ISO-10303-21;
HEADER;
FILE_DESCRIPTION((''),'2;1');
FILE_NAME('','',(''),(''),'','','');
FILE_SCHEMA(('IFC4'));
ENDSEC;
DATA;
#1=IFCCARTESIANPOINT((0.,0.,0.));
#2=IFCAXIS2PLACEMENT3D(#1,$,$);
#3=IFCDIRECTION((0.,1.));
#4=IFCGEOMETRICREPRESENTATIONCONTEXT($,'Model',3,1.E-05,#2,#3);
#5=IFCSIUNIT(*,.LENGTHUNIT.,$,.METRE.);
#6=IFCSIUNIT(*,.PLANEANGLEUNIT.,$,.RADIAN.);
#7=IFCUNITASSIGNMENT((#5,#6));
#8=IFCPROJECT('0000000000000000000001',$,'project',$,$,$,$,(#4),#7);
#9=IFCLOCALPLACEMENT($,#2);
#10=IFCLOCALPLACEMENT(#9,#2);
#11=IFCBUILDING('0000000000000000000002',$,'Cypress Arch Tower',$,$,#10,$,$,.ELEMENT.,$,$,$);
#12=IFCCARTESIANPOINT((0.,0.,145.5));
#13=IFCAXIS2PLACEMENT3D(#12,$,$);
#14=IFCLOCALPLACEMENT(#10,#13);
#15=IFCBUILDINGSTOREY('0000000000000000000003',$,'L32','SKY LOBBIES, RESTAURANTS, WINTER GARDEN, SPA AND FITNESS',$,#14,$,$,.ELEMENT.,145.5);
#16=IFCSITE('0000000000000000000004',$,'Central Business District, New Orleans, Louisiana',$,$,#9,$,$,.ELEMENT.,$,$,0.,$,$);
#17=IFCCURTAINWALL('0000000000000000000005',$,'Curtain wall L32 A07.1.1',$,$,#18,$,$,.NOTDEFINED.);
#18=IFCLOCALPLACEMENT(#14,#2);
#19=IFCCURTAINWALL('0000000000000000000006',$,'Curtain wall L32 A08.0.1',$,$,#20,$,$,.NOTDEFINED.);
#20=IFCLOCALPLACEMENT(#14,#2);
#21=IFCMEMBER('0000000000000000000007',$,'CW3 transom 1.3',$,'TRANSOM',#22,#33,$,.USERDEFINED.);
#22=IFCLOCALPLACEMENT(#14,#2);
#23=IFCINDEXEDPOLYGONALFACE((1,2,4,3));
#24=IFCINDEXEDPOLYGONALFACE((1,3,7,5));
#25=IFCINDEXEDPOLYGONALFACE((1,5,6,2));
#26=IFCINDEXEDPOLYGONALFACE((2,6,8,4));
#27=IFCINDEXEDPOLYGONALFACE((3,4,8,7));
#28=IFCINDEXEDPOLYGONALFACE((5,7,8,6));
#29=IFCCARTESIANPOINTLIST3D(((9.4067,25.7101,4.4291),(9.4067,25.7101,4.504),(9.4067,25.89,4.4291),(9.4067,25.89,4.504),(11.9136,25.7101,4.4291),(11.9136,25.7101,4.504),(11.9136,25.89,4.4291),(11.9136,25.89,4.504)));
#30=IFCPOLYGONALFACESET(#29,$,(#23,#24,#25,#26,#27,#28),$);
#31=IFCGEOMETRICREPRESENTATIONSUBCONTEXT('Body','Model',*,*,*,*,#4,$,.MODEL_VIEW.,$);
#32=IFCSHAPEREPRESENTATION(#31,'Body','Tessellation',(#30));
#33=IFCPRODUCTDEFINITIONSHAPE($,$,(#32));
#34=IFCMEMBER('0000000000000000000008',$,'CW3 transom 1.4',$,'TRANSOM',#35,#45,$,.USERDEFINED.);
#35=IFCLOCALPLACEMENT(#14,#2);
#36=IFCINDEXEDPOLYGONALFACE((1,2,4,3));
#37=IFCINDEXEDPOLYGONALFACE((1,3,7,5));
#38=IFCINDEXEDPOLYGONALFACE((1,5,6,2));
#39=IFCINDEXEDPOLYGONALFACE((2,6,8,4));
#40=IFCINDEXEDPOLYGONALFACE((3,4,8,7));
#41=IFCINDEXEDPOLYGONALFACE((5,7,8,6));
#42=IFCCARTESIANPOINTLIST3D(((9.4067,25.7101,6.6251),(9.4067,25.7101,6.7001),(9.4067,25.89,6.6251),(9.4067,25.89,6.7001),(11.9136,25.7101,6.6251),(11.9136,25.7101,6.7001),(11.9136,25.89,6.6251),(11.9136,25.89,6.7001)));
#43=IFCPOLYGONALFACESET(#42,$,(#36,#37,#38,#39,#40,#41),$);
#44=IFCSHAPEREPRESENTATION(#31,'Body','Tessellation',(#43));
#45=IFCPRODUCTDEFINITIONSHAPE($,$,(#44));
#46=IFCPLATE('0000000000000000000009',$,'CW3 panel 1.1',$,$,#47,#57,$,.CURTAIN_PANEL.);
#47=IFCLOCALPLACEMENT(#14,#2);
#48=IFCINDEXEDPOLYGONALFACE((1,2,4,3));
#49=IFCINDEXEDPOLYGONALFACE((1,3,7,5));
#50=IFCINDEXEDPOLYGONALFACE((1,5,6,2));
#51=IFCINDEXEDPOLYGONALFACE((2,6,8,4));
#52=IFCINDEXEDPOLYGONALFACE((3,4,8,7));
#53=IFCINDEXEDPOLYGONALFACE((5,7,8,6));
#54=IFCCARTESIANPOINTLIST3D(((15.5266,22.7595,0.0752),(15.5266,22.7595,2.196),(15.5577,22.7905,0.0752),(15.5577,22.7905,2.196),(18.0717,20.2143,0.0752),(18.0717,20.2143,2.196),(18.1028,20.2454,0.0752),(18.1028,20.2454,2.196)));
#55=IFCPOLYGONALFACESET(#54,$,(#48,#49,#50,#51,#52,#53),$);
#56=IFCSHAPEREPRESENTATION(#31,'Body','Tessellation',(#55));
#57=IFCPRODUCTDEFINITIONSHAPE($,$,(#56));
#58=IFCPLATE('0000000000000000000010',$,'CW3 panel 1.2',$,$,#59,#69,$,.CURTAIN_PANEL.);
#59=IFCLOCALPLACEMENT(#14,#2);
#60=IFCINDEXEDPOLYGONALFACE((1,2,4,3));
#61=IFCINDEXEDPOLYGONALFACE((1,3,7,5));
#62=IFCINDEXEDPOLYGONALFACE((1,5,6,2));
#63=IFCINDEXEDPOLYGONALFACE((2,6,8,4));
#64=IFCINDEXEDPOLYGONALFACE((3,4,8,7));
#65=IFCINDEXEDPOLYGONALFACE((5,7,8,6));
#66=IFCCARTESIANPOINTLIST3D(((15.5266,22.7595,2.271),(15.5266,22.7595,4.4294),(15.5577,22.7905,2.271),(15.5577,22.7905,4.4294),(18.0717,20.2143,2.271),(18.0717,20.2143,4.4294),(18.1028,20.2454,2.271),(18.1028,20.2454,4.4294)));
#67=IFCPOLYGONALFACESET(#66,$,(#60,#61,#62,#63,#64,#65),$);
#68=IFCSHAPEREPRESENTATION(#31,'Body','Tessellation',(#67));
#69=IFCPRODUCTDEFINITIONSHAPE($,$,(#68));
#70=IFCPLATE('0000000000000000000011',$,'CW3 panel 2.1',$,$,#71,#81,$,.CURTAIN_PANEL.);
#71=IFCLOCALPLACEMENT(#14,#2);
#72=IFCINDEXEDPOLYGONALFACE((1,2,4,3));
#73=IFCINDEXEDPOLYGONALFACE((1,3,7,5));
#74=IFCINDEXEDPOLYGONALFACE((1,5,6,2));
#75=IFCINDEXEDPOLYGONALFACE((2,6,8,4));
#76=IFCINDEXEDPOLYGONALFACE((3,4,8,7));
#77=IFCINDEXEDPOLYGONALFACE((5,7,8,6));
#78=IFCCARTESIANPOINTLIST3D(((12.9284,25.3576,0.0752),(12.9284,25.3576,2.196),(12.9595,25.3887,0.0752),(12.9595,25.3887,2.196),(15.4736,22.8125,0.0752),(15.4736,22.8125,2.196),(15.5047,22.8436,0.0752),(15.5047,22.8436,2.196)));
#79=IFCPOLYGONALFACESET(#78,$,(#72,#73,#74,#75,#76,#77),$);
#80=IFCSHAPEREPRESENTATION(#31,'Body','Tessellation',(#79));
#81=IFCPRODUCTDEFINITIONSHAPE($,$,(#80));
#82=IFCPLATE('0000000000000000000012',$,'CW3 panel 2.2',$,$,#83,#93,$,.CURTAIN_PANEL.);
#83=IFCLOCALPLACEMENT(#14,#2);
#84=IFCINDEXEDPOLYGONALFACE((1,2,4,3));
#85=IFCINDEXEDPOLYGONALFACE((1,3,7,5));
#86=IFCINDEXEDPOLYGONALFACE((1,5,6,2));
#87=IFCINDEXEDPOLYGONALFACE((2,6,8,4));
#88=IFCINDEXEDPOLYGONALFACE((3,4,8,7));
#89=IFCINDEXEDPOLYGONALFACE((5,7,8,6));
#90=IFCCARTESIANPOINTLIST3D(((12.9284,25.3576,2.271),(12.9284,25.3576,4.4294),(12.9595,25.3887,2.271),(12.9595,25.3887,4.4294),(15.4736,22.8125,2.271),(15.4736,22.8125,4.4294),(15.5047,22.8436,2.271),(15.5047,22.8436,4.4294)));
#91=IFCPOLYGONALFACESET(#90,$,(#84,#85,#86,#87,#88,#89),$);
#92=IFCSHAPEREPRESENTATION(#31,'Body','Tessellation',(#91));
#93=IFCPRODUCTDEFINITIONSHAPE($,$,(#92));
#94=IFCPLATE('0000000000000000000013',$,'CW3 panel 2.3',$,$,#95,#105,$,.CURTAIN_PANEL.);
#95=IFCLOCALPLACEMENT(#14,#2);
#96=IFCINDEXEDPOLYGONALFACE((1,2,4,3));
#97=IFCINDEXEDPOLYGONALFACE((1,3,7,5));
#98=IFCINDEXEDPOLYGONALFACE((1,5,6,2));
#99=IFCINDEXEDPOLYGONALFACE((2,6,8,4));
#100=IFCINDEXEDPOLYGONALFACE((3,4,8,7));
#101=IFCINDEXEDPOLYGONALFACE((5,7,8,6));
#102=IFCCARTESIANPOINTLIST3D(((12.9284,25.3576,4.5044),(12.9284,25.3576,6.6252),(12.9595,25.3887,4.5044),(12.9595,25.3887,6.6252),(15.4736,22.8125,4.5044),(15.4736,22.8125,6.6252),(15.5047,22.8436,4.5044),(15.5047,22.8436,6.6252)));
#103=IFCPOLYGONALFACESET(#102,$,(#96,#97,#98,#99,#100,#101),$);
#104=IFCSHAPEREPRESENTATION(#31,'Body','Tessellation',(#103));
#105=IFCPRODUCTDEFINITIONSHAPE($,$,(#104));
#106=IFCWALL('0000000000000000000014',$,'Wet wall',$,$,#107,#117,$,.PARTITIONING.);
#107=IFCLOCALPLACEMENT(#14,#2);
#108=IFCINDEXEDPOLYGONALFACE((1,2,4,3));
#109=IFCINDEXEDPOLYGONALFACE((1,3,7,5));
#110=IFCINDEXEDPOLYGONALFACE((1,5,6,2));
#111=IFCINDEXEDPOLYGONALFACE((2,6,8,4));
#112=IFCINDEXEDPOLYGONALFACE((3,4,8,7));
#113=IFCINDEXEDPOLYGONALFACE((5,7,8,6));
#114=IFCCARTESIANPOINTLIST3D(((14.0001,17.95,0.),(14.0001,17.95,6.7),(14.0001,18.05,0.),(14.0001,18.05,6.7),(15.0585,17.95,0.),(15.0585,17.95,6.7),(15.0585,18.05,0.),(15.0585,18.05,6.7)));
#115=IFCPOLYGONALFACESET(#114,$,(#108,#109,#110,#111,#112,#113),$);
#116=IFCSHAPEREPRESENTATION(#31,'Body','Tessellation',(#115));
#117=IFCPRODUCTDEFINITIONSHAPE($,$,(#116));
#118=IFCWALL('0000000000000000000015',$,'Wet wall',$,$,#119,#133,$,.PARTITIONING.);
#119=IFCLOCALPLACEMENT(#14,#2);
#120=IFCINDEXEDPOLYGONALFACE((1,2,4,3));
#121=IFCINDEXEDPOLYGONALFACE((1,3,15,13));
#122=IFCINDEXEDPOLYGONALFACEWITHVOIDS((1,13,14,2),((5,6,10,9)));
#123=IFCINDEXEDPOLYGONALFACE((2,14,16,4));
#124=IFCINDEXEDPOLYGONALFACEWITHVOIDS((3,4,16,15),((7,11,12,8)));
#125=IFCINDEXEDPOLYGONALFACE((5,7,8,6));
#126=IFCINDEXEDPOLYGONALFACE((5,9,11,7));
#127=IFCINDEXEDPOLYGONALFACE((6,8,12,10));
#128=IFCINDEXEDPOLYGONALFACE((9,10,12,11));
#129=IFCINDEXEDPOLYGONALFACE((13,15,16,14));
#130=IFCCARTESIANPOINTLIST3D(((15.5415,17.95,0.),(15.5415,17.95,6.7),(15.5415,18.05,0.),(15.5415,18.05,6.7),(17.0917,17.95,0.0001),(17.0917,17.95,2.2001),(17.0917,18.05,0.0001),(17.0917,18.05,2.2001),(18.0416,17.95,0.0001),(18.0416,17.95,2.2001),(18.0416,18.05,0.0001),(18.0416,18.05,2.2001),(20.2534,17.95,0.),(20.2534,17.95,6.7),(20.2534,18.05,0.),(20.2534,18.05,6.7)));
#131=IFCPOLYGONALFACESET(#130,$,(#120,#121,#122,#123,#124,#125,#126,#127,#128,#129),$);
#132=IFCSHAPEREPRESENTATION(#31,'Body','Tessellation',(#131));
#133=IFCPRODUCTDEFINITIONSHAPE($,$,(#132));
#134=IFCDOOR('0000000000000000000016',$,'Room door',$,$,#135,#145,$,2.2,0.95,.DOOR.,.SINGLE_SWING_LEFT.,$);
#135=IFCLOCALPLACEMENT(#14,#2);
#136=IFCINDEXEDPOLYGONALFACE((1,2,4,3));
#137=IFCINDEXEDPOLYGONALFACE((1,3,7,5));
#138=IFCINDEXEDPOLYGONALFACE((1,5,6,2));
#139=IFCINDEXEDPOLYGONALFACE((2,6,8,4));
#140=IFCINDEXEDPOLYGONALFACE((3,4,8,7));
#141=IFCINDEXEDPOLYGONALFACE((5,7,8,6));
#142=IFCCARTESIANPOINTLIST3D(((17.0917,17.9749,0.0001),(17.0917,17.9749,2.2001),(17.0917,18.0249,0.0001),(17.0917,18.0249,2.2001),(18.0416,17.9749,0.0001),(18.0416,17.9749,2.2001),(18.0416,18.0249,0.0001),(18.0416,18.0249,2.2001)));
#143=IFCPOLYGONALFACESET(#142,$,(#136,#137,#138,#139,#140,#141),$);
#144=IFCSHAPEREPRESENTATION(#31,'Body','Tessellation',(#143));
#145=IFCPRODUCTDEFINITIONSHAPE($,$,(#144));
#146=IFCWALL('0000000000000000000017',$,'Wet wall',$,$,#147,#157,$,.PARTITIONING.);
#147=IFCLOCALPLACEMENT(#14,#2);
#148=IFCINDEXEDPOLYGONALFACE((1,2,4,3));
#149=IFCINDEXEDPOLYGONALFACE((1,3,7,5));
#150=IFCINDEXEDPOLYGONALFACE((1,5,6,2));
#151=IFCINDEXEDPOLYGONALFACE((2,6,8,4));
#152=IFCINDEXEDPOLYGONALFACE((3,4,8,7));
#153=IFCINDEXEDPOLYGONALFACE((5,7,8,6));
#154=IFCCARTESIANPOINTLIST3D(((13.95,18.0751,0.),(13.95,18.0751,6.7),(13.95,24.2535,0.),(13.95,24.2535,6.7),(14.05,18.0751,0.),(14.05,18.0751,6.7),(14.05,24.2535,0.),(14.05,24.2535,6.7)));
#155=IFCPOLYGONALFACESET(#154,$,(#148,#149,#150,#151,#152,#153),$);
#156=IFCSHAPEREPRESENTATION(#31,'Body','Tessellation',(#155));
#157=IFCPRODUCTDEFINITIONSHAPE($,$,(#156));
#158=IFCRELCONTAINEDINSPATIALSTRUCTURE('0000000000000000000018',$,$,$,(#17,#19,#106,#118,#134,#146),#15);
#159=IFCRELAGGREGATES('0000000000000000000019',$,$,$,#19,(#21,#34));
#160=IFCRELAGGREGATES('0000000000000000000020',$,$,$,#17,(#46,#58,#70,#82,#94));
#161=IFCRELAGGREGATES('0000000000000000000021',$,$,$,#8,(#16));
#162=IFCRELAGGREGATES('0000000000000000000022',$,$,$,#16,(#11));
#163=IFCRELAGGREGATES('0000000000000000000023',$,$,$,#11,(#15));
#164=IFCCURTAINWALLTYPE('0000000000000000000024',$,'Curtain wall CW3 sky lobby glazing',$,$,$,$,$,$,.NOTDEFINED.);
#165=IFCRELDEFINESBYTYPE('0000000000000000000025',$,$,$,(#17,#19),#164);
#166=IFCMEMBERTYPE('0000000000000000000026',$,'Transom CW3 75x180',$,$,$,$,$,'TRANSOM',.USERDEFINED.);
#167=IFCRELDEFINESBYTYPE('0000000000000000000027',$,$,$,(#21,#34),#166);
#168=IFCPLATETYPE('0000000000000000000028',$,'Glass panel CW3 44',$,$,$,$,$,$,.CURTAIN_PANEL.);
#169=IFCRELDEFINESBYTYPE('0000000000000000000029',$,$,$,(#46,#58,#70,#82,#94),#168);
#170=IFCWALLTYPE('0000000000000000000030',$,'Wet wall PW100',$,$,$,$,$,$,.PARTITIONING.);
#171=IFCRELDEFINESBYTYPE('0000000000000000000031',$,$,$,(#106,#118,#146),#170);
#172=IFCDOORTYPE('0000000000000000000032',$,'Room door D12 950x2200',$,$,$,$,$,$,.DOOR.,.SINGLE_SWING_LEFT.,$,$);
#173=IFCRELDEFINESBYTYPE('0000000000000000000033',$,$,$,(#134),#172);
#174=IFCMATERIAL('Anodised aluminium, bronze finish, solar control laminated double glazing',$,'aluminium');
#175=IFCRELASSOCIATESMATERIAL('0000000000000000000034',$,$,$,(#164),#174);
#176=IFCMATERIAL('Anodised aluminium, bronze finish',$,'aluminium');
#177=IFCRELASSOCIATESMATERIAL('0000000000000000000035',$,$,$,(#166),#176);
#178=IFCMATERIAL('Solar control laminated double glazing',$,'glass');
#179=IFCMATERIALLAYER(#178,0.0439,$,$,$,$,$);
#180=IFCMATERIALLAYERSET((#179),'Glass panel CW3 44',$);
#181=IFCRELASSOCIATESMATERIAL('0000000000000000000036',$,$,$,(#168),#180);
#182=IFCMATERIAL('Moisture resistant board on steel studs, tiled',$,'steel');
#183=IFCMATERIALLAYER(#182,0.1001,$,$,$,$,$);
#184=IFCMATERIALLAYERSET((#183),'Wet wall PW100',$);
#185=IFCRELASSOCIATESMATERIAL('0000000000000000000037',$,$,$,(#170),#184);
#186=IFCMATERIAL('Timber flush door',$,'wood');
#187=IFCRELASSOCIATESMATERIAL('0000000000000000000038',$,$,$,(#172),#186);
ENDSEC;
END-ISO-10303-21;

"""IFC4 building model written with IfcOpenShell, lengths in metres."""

from ifc_helpers import new_model, si_unit, direction, frame, frame_2d, origin, origin_2d, place, context, subcontext, project, spatial, rectangle, extrude, material, layer, layer_set, material_profile, profile_set, type_object, element, fill, aggregate, save


model = new_model("IFC4")

# Units and contexts
model_context = context("Model", 3, precision=1e-05, world=origin(), true_north=direction((0.0, 1.0)))
body_context = subcontext(model_context, "Body", "Model", "MODEL_VIEW")
ifc_project = project(units=[si_unit("LENGTHUNIT", "METRE"), si_unit("PLANEANGLEUNIT", "RADIAN")], contexts=[model_context])

# Site, building, storey
site_placement = place(None, origin())
site = spatial("IfcSite", under=ifc_project, at=site_placement, Name="Central Business District, New Orleans, Louisiana", CompositionType="ELEMENT", RefElevation=0.0)
building_placement = place(site_placement, origin())
building = spatial("IfcBuilding", under=site, at=building_placement, Name="Cypress Arch Tower", CompositionType="ELEMENT")
storey_placement = place(building_placement, frame((0.0, 0.0, 145.5)))
storey = spatial("IfcBuildingStorey", under=building, at=storey_placement, Name="L32", Description="SKY LOBBIES, RESTAURANTS, WINTER GARDEN, SPA AND FITNESS", CompositionType="ELEMENT", Elevation=145.5)

# Curtain wall
ifc_material_1 = material(Name="Anodised aluminium, bronze finish, solar control laminated double glazing", Category="aluminium")
curtain_wall_type = type_object("IfcCurtainWallType", Name="Curtain wall CW3 sky lobby glazing", PredefinedType="NOTDEFINED", material=ifc_material_1)
curtain_wall_1_placement = place(storey_placement, origin())
curtain_wall_1 = element("IfcCurtainWall", 1, at=curtain_wall_1_placement, inside=storey, type_object=curtain_wall_type, Name="Curtain wall L32 A07.1.1", PredefinedType="NOTDEFINED")

# Curtain wall
curtain_wall_2_placement = place(storey_placement, origin())
curtain_wall_2 = element("IfcCurtainWall", 2, at=curtain_wall_2_placement, inside=storey, type_object=curtain_wall_type, Name="Curtain wall L32 A08.0.1", PredefinedType="NOTDEFINED")

# Members
ifc_material_2 = material(Name="Anodised aluminium, bronze finish", Category="aluminium")
ifc_material_profile_1 = material_profile(ifc_material_2, rectangle(XDim=0.1799, YDim=0.075, at=origin_2d()), Name="Transom 75x180")
ifc_profile_set_1 = profile_set([ifc_material_profile_1], Name="Anodised aluminium, bronze finish")
member_type_1 = type_object("IfcMemberType", Name="Transom CW3 75x180", ElementType="TRANSOM", PredefinedType="USERDEFINED", material=ifc_profile_set_1)
member_1_placement = place(storey_placement, frame((11.9136, 25.8, 4.4666), z_axis=(-1.0, 0.0, 0.0), x_axis=(0.0, -1.0, 0.0)))
member_1 = element("IfcMember", 3, at=member_1_placement, type_object=member_type_1, Name="CW3 transom 1.3", ObjectType="TRANSOM", PredefinedType="USERDEFINED", context=body_context, shape_type="SweptSolid", body=[
    extrude(rectangle(XDim=0.1799, YDim=0.075, at=origin_2d()), origin(), (0.0, 0.0, 1.0), 2.5068),
])
member_2_placement = place(storey_placement, frame((11.9136, 25.8, 6.6626), z_axis=(-1.0, 0.0, 0.0), x_axis=(0.0, -1.0, 0.0)))
member_2 = element("IfcMember", 4, at=member_2_placement, type_object=member_type_1, Name="CW3 transom 1.4", ObjectType="TRANSOM", PredefinedType="USERDEFINED", context=body_context, shape_type="SweptSolid", body=[
    extrude(rectangle(XDim=0.1799, YDim=0.075, at=origin_2d()), origin(), (0.0, 0.0, 1.0), 2.5068),
])
aggregate(curtain_wall_2, [member_1, member_2])

# Plates
ifc_material_3 = material(Name="Solar control laminated double glazing", Category="glass")
ifc_layer_1 = layer(ifc_material_3, 0.0439)
ifc_layer_set_1 = layer_set([ifc_layer_1], Name="Glass panel CW3 44")
plate_type = type_object("IfcPlateType", Name="Glass panel CW3 44", PredefinedType="CURTAIN_PANEL", material=ifc_layer_set_1)
plate_1_placement = place(storey_placement, frame((16.8147, 21.5024, 0.0752), z_axis=(0.0, 0.0, 1.0), x_axis=(-0.707107, 0.707107, 0.0)))
plate_1 = element("IfcPlate", 5, at=plate_1_placement, type_object=plate_type, Name="CW3 panel 1.1", PredefinedType="CURTAIN_PANEL", context=body_context, shape_type="SweptSolid", body=[
    extrude(rectangle(XDim=3.5994, YDim=0.0439, at=origin_2d()), origin(), (0.0, 0.0, 1.0), 2.1208),
])
plate_2_placement = place(storey_placement, frame((16.8147, 21.5024, 2.271), z_axis=(0.0, 0.0, 1.0), x_axis=(-0.707107, 0.707107, 0.0)))
plate_2 = element("IfcPlate", 6, at=plate_2_placement, type_object=plate_type, Name="CW3 panel 1.2", PredefinedType="CURTAIN_PANEL", context=body_context, shape_type="SweptSolid", body=[
    extrude(rectangle(XDim=3.5994, YDim=0.0439, at=origin_2d()), origin(), (0.0, 0.0, 1.0), 2.1584),
])
plate_3_placement = place(storey_placement, frame((14.2166, 24.1006, 0.0752), z_axis=(0.0, 0.0, 1.0), x_axis=(-0.707107, 0.707107, 0.0)))
plate_3 = element("IfcPlate", 7, at=plate_3_placement, type_object=plate_type, Name="CW3 panel 2.1", PredefinedType="CURTAIN_PANEL", context=body_context, shape_type="SweptSolid", body=[
    extrude(rectangle(XDim=3.5994, YDim=0.0439, at=origin_2d()), origin(), (0.0, 0.0, 1.0), 2.1208),
])
plate_4_placement = place(storey_placement, frame((14.2166, 24.1006, 2.271), z_axis=(0.0, 0.0, 1.0), x_axis=(-0.707107, 0.707107, 0.0)))
plate_4 = element("IfcPlate", 8, at=plate_4_placement, type_object=plate_type, Name="CW3 panel 2.2", PredefinedType="CURTAIN_PANEL", context=body_context, shape_type="SweptSolid", body=[
    extrude(rectangle(XDim=3.5994, YDim=0.0439, at=origin_2d()), origin(), (0.0, 0.0, 1.0), 2.1584),
])
plate_5_placement = place(storey_placement, frame((14.2166, 24.1006, 4.5044), z_axis=(0.0, 0.0, 1.0), x_axis=(-0.707107, 0.707107, 0.0)))
plate_5 = element("IfcPlate", 9, at=plate_5_placement, type_object=plate_type, Name="CW3 panel 2.3", PredefinedType="CURTAIN_PANEL", context=body_context, shape_type="SweptSolid", body=[
    extrude(rectangle(XDim=3.5994, YDim=0.0439, at=origin_2d()), origin(), (0.0, 0.0, 1.0), 2.1208),
])
aggregate(curtain_wall_1, [plate_1, plate_2, plate_3, plate_4, plate_5])

# Wall
ifc_material_4 = material(Name="Moisture resistant board on steel studs, tiled", Category="steel")
ifc_layer_2 = layer(ifc_material_4, 0.1001)
ifc_layer_set_2 = layer_set([ifc_layer_2], Name="Wet wall PW100")
wall_type = type_object("IfcWallType", Name="Wet wall PW100", PredefinedType="PARTITIONING", material=ifc_layer_set_2)
wall_1_placement = place(storey_placement, frame((14.0, 18.0, 0.0), z_axis=(0.0, 0.0, 1.0), x_axis=(1.0, 0.0, 0.0)))
element("IfcWall", 10, at=wall_1_placement, inside=storey, type_object=wall_type, Name="Wet wall", PredefinedType="PARTITIONING", context=body_context, shape_type="SweptSolid", body=[
    extrude(rectangle(XDim=1.0583, YDim=0.1001, at=frame_2d((0.5293, 0.0))), origin(), (0.0, 0.0, 1.0), 6.7),
])

# Wall, opening, door
wall_2_placement = place(storey_placement, frame((15.5415, 18.0, 0.0), z_axis=(0.0, 0.0, 1.0), x_axis=(1.0, 0.0, 0.0)))
wall_2 = element("IfcWall", 11, at=wall_2_placement, inside=storey, type_object=wall_type, Name="Wet wall", PredefinedType="PARTITIONING", context=body_context, shape_type="SweptSolid", body=[
    extrude(rectangle(XDim=4.7119, YDim=0.1001, at=frame_2d((2.356, 0.0))), origin(), (0.0, 0.0, 1.0), 6.7),
])
opening_placement = place(wall_2_placement, frame((1.55, 0.0, 0.0)))
opening = element("IfcOpeningElement", 12, at=opening_placement, cuts=wall_2, PredefinedType="OPENING", context=body_context, shape_type="SweptSolid", body=[
    extrude(rectangle(XDim=0.95, YDim=2.2, at=frame_2d((0.4751, 1.1001))), frame((0.0, 0.0601, 0.0), z_axis=(0.0, -1.0, 0.0), x_axis=(1.0, 0.0, 0.0)), (0.0, 0.0, 1.0), 0.1201),
])
ifc_material_5 = material(Name="Timber flush door", Category="wood")
door_type = type_object("IfcDoorType", Name="Room door D12 950x2200", OperationType="SINGLE_SWING_LEFT", PredefinedType="DOOR", material=ifc_material_5)
door_placement = place(opening_placement, origin())
door = element("IfcDoor", 13, at=door_placement, inside=storey, type_object=door_type, Name="Room door", OperationType="SINGLE_SWING_LEFT", OverallHeight=2.2, OverallWidth=0.95, PredefinedType="DOOR", context=body_context, shape_type="SweptSolid", body=[
    extrude(rectangle(XDim=0.95, YDim=2.2, at=frame_2d((0.4751, 1.1001))), frame((0.0, 0.0249, 0.0), z_axis=(0.0, -1.0, 0.0), x_axis=(1.0, 0.0, 0.0)), (0.0, 0.0, 1.0), 0.05),
])
fill(opening, door)

# Wall
wall_3_placement = place(storey_placement, frame((14.0, 18.075, 0.0), z_axis=(0.0, 0.0, 1.0), x_axis=(0.0, 1.0, 0.0)))
element("IfcWall", 14, at=wall_3_placement, inside=storey, type_object=wall_type, Name="Wet wall", PredefinedType="PARTITIONING", context=body_context, shape_type="SweptSolid", body=[
    extrude(rectangle(XDim=6.1785, YDim=0.1001, at=frame_2d((3.0894, 0.0))), origin(), (0.0, 0.0, 1.0), 6.7),
])

save(model, "model.ifc")
